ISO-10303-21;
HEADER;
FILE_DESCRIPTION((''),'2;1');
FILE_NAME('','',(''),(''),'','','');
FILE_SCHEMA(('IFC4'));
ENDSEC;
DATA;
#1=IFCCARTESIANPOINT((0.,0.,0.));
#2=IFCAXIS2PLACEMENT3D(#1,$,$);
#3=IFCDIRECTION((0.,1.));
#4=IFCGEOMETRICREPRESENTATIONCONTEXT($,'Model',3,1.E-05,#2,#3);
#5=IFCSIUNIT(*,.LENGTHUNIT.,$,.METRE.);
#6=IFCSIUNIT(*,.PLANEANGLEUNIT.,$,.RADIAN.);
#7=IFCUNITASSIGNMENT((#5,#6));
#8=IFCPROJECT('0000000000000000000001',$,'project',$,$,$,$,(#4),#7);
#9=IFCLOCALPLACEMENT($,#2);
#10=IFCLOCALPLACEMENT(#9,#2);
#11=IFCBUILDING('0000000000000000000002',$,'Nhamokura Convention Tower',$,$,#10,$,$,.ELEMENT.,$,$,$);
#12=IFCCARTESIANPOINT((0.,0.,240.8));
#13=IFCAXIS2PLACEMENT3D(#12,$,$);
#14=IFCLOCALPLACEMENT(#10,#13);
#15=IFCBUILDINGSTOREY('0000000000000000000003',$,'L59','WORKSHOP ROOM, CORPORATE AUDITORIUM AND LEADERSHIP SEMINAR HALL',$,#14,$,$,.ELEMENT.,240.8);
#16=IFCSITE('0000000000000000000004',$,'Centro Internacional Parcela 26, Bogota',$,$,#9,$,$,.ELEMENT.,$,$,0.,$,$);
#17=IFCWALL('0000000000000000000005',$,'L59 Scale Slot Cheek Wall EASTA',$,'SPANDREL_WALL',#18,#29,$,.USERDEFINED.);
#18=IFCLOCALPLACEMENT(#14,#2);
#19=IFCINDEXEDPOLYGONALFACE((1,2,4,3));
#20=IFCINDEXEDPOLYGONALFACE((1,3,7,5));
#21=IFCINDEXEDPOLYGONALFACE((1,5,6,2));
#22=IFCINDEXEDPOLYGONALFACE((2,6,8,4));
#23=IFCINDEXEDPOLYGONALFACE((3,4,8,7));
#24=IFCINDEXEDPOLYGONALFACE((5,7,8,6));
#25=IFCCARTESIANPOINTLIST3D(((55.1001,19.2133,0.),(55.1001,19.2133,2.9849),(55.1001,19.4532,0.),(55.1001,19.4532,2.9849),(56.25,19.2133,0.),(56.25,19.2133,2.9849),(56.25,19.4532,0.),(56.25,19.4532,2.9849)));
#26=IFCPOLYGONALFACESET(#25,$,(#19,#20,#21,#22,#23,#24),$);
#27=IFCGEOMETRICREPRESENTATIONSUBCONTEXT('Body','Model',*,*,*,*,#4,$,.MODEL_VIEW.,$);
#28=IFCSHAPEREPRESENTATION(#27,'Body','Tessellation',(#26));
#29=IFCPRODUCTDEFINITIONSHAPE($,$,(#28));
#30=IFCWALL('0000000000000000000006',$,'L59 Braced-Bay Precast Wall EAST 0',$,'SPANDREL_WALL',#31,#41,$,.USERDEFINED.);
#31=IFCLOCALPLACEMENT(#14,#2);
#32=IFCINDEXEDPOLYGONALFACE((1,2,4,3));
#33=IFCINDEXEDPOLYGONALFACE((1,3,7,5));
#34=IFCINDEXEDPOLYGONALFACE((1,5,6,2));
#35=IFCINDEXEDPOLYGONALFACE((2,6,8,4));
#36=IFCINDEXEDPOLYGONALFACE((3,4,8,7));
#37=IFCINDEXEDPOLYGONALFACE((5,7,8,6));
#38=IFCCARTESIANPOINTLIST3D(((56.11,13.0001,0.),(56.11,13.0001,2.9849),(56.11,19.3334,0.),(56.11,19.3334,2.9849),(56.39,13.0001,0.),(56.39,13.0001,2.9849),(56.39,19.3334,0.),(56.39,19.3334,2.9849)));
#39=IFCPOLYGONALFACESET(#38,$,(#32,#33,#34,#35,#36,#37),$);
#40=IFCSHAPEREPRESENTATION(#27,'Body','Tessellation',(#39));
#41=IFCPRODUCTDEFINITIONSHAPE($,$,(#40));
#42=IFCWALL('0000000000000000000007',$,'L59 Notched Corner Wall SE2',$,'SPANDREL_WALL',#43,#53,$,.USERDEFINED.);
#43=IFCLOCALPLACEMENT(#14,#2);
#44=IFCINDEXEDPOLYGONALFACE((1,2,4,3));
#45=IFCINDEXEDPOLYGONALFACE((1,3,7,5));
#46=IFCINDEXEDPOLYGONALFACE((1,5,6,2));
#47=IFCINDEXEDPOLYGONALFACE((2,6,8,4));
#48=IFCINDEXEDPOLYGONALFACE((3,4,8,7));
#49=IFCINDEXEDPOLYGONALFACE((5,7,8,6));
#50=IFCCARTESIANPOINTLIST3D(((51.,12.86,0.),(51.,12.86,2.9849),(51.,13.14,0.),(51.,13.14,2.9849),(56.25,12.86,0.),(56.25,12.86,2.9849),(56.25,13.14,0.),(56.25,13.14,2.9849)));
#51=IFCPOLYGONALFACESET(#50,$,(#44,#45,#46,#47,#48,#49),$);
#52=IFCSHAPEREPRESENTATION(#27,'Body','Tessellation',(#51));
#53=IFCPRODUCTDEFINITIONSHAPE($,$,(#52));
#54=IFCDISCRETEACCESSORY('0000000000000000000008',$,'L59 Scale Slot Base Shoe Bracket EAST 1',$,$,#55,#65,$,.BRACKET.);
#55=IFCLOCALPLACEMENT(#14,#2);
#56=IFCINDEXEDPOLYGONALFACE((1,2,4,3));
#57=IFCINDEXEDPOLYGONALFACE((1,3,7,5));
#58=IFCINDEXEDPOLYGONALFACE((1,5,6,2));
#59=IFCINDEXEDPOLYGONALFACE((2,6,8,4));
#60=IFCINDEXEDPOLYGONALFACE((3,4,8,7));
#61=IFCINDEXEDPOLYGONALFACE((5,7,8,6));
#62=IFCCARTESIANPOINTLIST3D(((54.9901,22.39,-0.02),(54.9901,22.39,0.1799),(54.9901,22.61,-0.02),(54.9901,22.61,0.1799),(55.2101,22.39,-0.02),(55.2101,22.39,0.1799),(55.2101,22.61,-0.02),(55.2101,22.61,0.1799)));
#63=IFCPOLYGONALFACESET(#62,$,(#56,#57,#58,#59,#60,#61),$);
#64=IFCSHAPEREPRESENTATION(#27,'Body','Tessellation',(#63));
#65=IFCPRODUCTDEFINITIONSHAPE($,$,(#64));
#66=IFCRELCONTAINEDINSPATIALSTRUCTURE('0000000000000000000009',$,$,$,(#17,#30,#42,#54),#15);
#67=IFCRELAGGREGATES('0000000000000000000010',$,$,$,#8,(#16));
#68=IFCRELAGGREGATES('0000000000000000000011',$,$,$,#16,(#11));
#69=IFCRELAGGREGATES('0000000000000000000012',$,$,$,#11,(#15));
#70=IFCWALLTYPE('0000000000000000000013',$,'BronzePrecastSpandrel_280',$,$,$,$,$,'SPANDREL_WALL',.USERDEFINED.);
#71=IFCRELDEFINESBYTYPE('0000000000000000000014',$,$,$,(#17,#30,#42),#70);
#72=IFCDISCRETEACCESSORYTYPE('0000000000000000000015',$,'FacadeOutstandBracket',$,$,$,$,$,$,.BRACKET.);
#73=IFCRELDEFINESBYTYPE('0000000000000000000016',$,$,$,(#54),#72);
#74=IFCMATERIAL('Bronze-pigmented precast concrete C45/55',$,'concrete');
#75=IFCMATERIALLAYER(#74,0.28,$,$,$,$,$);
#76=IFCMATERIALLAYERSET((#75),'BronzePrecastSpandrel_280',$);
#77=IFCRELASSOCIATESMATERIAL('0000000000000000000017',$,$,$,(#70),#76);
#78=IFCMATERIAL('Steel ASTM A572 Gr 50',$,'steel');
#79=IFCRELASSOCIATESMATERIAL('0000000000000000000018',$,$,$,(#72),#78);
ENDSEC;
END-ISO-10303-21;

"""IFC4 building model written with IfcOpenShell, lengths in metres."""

from ifc_helpers import new_model, si_unit, direction, frame, frame_2d, origin, origin_2d, place, context, subcontext, project, spatial, rectangle, extrude, material, layer, layer_set, type_object, element, save


model = new_model("IFC4")

# Units and contexts
model_context = context("Model", 3, precision=1e-05, world=origin(), true_north=direction((0.0, 1.0)))
body_context = subcontext(model_context, "Body", "Model", "MODEL_VIEW")
ifc_project = project(units=[si_unit("LENGTHUNIT", "METRE"), si_unit("PLANEANGLEUNIT", "RADIAN")], contexts=[model_context])

# Site, building, storey
site_placement = place(None, origin())
site = spatial("IfcSite", under=ifc_project, at=site_placement, Name="Centro Internacional Parcela 26, Bogota", CompositionType="ELEMENT", RefElevation=0.0)
building_placement = place(site_placement, origin())
building = spatial("IfcBuilding", under=site, at=building_placement, Name="Nhamokura Convention Tower", CompositionType="ELEMENT")
storey_placement = place(building_placement, frame((0.0, 0.0, 240.8)))
storey = spatial("IfcBuildingStorey", under=building, at=storey_placement, Name="L59", Description="WORKSHOP ROOM, CORPORATE AUDITORIUM AND LEADERSHIP SEMINAR HALL", CompositionType="ELEMENT", Elevation=240.8)

# Walls
ifc_material_1 = material(Name="Bronze-pigmented precast concrete C45/55", Category="concrete")
ifc_layer_1 = layer(ifc_material_1, 0.28)
ifc_layer_set_1 = layer_set([ifc_layer_1], Name="BronzePrecastSpandrel_280")
wall_type = type_object("IfcWallType", Name="BronzePrecastSpandrel_280", ElementType="SPANDREL_WALL", PredefinedType="USERDEFINED", material=ifc_layer_set_1)
wall_1_placement = place(storey_placement, frame((56.25, 19.3333, 0.0), z_axis=(0.0, 0.0, 1.0), x_axis=(-1.0, 0.0, 0.0)))
element("IfcWall", 1, at=wall_1_placement, inside=storey, type_object=wall_type, Name="L59 Scale Slot Cheek Wall EASTA", ObjectType="SPANDREL_WALL", PredefinedType="USERDEFINED", context=body_context, shape_type="SweptSolid", body=[
    extrude(rectangle(XDim=1.1499, YDim=0.24, at=frame_2d((0.575, 0.0))), origin(), (0.0, 0.0, 1.0), 2.9849),
])
wall_2_placement = place(storey_placement, frame((56.25, 19.3333, 0.0), z_axis=(0.0, 0.0, 1.0), x_axis=(0.0, -1.0, 0.0)))
element("IfcWall", 2, at=wall_2_placement, inside=storey, type_object=wall_type, Name="L59 Braced-Bay Precast Wall EAST 0", ObjectType="SPANDREL_WALL", PredefinedType="USERDEFINED", context=body_context, shape_type="SweptSolid", body=[
    extrude(rectangle(XDim=6.3333, YDim=0.28, at=frame_2d((3.1665, 0.0))), origin(), (0.0, 0.0, 1.0), 2.9849),
])
wall_3_placement = place(storey_placement, frame((56.25, 13.0, 0.0), z_axis=(0.0, 0.0, 1.0), x_axis=(-1.0, 0.0, 0.0)))
element("IfcWall", 3, at=wall_3_placement, inside=storey, type_object=wall_type, Name="L59 Notched Corner Wall SE2", ObjectType="SPANDREL_WALL", PredefinedType="USERDEFINED", context=body_context, shape_type="SweptSolid", body=[
    extrude(rectangle(XDim=5.25, YDim=0.28, at=frame_2d((2.625, 0.0))), origin(), (0.0, 0.0, 1.0), 2.9849),
])

# Discrete accessory
ifc_material_2 = material(Name="Steel ASTM A572 Gr 50", Category="steel")
discrete_accessory_type = type_object("IfcDiscreteAccessoryType", Name="FacadeOutstandBracket", PredefinedType="BRACKET", material=ifc_material_2)
discrete_accessory_placement = place(storey_placement, frame((55.1001, 22.5, -0.02), z_axis=(0.0, 0.0, 1.0), x_axis=(1.0, 0.0, 0.0)))
element("IfcDiscreteAccessory", 4, at=discrete_accessory_placement, inside=storey, type_object=discrete_accessory_type, Name="L59 Scale Slot Base Shoe Bracket EAST 1", PredefinedType="BRACKET", context=body_context, shape_type="SweptSolid", body=[
    extrude(rectangle(XDim=0.22, YDim=0.22, at=origin_2d()), origin(), (0.0, 0.0, 1.0), 0.2),
])

save(model, "model.ifc")
